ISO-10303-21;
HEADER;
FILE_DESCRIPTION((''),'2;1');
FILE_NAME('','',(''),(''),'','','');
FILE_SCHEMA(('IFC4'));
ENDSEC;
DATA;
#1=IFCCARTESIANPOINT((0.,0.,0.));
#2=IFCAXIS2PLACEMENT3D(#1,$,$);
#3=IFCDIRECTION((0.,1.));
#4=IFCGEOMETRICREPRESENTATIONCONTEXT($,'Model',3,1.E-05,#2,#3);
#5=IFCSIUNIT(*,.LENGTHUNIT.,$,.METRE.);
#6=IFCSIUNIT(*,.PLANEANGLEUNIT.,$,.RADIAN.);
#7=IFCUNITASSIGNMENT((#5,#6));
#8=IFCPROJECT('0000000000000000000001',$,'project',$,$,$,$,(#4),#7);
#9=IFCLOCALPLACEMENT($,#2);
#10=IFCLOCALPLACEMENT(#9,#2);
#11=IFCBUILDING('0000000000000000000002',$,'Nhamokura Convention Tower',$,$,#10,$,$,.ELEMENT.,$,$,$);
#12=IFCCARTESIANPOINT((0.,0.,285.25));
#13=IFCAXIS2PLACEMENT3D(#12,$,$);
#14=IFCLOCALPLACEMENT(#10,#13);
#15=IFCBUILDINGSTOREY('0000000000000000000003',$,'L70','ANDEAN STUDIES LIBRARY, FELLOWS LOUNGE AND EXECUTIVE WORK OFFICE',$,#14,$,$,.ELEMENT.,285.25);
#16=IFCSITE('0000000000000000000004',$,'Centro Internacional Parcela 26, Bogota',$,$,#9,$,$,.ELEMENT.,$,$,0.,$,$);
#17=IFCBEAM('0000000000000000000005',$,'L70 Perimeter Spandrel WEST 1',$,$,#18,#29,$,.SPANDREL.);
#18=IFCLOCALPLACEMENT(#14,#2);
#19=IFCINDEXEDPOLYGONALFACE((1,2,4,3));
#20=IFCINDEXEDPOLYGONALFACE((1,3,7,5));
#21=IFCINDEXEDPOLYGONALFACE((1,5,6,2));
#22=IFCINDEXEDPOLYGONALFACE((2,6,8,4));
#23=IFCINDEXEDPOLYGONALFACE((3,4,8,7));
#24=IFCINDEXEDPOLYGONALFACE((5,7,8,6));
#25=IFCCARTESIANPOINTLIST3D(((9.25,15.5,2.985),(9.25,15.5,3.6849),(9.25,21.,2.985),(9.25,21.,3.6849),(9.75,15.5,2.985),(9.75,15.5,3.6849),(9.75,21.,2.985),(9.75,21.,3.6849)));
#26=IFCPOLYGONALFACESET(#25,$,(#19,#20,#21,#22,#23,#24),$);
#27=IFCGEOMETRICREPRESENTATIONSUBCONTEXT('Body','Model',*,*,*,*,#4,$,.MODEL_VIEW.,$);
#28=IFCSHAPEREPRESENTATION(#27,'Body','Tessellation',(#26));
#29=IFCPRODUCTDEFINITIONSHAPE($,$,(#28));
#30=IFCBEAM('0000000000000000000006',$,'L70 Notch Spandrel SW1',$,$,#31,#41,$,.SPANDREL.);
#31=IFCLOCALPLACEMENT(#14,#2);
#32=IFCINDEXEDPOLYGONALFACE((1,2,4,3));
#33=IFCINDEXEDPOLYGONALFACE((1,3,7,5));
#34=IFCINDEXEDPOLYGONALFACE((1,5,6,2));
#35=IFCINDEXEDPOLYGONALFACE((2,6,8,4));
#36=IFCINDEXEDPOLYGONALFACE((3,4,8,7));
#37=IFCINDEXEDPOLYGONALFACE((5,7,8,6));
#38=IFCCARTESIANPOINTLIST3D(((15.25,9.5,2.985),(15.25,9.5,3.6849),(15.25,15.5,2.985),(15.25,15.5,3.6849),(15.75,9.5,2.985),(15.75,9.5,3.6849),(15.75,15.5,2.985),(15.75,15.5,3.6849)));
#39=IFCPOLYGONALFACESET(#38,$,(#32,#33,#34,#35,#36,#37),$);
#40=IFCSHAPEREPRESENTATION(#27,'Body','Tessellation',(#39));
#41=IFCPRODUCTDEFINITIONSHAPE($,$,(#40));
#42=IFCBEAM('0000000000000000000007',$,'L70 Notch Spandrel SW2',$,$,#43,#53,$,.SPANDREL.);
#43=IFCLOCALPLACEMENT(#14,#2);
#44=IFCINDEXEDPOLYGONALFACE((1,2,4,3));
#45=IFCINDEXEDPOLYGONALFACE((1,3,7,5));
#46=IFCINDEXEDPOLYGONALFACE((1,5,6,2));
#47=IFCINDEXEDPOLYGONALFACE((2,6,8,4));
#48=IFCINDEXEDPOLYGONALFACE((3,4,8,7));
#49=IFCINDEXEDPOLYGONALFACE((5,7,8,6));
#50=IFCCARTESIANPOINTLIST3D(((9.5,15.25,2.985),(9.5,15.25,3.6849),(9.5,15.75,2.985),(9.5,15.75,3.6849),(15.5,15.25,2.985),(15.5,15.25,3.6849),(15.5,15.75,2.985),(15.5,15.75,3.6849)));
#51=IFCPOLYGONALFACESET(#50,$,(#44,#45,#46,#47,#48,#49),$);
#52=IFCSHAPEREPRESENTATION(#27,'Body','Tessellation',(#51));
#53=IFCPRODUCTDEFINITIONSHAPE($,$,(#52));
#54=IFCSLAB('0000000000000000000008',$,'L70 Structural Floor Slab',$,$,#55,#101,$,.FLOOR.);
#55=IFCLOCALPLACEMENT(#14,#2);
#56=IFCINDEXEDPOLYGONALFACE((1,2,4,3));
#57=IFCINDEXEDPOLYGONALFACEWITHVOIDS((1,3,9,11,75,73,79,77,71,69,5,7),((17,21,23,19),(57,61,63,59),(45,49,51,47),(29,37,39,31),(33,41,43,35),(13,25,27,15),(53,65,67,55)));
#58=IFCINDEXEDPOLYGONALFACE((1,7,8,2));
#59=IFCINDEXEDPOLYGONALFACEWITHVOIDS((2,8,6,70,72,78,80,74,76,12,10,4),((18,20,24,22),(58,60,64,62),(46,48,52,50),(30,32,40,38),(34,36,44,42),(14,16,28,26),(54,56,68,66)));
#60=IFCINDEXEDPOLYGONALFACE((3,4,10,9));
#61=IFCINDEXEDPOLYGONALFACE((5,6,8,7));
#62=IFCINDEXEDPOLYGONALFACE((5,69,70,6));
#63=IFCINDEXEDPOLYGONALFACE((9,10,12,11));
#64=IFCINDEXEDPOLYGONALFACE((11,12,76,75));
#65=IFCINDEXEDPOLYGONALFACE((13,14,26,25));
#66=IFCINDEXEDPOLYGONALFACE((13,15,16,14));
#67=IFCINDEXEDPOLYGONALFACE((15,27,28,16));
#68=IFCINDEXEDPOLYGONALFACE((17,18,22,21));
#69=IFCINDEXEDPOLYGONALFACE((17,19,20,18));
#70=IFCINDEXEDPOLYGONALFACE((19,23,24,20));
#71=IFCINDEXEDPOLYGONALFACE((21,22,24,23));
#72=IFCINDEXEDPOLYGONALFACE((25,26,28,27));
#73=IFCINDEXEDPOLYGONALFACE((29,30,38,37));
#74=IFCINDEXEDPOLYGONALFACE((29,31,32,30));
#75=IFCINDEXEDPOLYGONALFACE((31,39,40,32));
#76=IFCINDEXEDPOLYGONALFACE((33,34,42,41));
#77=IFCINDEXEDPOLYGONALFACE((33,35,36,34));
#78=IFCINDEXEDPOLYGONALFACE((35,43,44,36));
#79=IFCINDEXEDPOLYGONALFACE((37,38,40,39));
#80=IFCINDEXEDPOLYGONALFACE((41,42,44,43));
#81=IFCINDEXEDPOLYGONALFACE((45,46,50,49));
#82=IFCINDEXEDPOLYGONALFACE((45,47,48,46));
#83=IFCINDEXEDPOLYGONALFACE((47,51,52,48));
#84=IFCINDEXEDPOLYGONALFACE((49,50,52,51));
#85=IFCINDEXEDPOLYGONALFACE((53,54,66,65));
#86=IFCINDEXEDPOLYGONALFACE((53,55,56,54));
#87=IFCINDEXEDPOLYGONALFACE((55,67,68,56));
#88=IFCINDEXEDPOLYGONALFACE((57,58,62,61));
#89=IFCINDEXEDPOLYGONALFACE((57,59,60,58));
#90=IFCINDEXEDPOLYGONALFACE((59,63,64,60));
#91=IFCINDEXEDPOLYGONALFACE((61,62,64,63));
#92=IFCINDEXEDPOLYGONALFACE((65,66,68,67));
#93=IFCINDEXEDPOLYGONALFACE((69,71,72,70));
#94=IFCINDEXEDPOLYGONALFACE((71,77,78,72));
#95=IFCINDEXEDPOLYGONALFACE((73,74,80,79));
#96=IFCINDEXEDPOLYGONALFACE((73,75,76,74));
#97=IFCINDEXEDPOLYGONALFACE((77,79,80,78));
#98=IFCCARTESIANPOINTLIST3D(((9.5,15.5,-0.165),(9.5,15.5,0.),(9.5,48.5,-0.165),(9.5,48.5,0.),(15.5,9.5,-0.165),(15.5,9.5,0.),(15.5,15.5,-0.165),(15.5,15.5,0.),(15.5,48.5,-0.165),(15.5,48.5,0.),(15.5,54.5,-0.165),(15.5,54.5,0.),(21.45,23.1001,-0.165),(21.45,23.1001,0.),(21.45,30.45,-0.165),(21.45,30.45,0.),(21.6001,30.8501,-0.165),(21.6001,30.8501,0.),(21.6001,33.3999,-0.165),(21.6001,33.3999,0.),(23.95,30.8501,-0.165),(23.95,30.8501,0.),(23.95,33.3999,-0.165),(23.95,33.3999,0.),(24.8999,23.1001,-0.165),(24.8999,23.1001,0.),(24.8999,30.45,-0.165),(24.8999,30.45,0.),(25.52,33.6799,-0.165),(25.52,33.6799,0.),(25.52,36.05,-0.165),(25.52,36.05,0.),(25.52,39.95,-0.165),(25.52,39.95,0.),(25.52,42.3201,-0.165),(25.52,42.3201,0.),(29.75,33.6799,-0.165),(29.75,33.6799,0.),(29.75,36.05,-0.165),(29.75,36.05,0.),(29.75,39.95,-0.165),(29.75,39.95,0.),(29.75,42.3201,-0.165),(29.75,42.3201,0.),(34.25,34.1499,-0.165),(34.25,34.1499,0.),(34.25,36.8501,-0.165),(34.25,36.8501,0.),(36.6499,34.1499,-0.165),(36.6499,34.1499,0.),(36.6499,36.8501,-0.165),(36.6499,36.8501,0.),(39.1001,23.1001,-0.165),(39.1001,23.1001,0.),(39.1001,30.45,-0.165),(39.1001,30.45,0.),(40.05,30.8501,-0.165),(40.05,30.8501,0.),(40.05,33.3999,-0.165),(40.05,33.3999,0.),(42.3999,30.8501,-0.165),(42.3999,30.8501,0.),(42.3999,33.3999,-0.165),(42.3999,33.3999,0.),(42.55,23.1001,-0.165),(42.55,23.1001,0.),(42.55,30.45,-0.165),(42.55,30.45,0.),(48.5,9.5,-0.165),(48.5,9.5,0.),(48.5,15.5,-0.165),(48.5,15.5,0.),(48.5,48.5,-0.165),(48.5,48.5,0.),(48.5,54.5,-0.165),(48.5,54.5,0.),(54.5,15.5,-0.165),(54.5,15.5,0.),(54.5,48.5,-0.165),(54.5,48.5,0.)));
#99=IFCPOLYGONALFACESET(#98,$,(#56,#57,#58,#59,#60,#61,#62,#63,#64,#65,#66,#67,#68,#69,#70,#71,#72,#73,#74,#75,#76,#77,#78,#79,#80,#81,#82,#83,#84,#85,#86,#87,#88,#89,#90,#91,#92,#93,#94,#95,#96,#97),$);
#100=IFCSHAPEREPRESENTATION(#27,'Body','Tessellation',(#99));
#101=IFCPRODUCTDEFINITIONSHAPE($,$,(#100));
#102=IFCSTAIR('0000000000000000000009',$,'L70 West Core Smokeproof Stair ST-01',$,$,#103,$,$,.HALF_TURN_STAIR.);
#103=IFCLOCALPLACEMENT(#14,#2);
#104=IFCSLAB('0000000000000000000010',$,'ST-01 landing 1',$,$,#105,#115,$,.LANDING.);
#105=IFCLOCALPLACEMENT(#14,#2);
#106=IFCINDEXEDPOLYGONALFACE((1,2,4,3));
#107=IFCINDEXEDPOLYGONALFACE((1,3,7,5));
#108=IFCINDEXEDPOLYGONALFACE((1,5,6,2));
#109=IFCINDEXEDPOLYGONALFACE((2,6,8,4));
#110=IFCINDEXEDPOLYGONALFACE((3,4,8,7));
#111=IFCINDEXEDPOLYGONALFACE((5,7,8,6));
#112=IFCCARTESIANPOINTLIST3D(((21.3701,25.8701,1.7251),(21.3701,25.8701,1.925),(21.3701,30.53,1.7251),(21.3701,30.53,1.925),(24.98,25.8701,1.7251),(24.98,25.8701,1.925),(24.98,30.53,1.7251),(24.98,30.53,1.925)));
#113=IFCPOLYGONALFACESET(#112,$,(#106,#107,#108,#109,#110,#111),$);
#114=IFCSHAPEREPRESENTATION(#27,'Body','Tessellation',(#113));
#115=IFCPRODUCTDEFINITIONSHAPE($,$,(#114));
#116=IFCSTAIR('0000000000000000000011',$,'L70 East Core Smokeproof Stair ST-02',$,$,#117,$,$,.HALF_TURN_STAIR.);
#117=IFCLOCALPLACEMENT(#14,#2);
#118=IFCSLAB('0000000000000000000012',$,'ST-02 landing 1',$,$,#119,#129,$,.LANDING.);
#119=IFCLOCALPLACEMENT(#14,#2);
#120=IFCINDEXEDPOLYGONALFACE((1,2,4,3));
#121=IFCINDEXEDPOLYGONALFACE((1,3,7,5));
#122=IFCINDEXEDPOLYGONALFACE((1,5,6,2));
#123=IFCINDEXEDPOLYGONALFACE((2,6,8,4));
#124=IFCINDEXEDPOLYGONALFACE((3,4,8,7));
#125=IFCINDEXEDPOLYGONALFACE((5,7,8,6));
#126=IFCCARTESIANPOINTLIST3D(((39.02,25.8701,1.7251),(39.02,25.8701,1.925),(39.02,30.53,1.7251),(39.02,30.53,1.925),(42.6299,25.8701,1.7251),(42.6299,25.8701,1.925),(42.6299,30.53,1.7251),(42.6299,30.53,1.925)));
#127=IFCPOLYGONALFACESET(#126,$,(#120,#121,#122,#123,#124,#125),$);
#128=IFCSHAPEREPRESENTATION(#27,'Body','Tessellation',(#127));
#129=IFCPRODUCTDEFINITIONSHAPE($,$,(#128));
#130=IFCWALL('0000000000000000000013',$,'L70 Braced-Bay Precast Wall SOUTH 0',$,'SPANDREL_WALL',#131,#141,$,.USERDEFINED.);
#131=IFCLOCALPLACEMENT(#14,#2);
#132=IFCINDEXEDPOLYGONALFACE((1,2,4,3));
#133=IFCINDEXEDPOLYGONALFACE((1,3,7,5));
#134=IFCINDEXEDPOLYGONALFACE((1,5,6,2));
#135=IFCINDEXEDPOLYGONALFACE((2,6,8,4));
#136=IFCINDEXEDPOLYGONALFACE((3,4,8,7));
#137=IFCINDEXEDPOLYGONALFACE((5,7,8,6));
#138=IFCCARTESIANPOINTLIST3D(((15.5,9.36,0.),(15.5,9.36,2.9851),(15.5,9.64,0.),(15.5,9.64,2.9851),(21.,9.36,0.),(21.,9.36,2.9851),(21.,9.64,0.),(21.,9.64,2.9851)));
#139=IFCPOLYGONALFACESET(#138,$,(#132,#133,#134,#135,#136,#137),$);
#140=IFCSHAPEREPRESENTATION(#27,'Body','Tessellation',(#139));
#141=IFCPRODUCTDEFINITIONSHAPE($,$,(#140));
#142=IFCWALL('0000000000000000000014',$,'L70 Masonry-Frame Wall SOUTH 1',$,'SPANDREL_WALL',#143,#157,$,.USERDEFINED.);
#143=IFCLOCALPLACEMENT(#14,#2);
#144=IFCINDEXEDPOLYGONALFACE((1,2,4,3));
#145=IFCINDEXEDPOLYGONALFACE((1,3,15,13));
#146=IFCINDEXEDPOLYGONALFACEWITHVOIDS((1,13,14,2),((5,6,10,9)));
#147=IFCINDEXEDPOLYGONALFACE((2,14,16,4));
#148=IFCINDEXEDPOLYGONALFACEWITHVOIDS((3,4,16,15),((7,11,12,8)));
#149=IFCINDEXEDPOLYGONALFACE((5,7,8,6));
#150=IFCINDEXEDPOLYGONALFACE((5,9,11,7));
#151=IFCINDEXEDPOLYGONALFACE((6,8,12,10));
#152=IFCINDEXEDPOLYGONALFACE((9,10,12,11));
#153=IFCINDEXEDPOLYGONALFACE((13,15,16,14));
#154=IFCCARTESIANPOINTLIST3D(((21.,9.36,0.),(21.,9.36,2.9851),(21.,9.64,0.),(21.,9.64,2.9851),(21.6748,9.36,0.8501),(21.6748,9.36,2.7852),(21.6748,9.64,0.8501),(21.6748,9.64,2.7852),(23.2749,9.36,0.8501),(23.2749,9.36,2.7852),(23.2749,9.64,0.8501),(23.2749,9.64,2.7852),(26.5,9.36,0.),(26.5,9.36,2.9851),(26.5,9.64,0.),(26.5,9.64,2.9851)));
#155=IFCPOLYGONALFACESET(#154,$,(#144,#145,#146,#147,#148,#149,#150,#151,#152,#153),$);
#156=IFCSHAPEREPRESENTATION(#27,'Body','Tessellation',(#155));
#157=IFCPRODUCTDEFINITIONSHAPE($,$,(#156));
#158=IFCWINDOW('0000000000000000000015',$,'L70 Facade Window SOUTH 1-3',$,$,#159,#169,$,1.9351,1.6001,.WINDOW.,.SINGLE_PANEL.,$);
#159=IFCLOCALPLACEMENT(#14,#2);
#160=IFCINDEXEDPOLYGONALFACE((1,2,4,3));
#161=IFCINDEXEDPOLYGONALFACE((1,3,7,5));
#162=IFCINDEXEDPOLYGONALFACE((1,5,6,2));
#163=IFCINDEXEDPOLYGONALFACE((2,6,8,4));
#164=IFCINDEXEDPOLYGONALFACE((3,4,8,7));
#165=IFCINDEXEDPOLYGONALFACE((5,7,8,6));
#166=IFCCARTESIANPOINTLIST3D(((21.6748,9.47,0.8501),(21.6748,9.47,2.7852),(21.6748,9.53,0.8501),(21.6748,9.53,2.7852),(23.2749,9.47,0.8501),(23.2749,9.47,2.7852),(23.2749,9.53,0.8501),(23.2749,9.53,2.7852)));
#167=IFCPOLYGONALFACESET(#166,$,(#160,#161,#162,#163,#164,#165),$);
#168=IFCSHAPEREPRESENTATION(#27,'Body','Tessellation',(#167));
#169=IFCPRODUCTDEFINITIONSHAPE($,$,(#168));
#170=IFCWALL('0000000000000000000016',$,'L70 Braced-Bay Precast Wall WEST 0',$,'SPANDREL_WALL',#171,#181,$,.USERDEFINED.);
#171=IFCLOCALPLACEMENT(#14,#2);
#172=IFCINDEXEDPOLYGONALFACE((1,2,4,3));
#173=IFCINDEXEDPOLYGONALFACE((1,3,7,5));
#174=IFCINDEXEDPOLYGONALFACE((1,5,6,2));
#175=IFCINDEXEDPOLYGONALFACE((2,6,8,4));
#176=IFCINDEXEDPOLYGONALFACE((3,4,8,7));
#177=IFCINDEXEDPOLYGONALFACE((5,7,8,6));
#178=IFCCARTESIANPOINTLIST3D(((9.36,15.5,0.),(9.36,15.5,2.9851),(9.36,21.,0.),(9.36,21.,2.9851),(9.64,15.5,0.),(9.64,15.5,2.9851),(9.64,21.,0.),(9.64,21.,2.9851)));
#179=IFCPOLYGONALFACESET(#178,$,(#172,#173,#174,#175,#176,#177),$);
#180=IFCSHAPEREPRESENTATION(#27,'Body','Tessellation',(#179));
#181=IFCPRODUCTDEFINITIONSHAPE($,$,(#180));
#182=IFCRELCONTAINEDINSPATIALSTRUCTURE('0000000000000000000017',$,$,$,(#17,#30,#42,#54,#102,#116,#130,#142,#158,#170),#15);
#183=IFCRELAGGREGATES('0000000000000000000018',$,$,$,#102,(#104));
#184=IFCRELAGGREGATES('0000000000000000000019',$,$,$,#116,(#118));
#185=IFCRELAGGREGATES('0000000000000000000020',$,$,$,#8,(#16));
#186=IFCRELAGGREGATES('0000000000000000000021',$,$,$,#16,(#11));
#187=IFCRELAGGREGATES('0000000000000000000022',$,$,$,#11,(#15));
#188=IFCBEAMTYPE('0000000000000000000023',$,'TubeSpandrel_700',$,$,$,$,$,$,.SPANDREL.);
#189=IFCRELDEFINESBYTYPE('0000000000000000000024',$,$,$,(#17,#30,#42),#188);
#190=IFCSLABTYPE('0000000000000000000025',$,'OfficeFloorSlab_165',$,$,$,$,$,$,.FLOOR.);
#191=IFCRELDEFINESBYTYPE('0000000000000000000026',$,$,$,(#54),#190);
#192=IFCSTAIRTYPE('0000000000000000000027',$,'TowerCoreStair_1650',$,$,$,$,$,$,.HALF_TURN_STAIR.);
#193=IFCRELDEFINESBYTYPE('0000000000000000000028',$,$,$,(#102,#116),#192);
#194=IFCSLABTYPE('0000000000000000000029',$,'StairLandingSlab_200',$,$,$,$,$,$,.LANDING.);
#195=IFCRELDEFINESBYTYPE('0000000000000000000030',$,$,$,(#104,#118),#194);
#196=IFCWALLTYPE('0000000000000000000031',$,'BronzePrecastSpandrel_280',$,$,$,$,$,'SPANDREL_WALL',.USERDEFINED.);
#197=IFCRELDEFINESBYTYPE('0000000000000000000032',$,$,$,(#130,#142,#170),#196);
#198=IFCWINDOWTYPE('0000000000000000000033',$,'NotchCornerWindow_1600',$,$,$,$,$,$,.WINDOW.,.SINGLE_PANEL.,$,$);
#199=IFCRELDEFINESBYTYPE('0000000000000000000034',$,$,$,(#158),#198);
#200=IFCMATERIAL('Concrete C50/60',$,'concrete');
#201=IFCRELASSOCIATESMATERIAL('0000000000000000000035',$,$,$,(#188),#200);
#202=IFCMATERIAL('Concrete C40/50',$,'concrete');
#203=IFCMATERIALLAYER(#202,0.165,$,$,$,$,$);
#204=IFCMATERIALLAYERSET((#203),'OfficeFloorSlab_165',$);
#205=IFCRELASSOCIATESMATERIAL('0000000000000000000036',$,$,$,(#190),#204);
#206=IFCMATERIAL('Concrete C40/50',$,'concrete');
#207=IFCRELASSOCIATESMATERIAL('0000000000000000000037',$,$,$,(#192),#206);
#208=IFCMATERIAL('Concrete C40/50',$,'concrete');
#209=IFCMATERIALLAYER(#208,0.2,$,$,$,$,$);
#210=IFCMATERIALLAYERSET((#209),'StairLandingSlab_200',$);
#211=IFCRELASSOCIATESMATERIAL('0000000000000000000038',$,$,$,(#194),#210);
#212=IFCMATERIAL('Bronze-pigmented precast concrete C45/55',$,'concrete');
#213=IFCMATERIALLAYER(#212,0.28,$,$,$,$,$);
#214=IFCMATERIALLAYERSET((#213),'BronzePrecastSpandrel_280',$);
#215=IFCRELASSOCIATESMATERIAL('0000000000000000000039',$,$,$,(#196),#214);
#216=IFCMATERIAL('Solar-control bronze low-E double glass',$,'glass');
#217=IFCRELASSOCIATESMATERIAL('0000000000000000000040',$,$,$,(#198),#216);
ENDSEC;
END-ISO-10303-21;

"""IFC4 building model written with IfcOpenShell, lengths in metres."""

from ifc_helpers import new_model, si_unit, direction, frame, frame_2d, origin, origin_2d, place, context, subcontext, project, spatial, polyline, rectangle, outline, extrude, material, layer, layer_set, material_profile, profile_set, type_object, element, fill, aggregate, save


model = new_model("IFC4")

# Units and contexts
model_context = context("Model", 3, precision=1e-05, world=origin(), true_north=direction((0.0, 1.0)))
body_context = subcontext(model_context, "Body", "Model", "MODEL_VIEW")
ifc_project = project(units=[si_unit("LENGTHUNIT", "METRE"), si_unit("PLANEANGLEUNIT", "RADIAN")], contexts=[model_context])

# Site, building, storey
site_placement = place(None, origin())
site = spatial("IfcSite", under=ifc_project, at=site_placement, Name="Centro Internacional Parcela 26, Bogota", CompositionType="ELEMENT", RefElevation=0.0)
building_placement = place(site_placement, origin())
building = spatial("IfcBuilding", under=site, at=building_placement, Name="Nhamokura Convention Tower", CompositionType="ELEMENT")
storey_placement = place(building_placement, frame((0.0, 0.0, 285.25)))
storey = spatial("IfcBuildingStorey", under=building, at=storey_placement, Name="L70", Description="ANDEAN STUDIES LIBRARY, FELLOWS LOUNGE AND EXECUTIVE WORK OFFICE", CompositionType="ELEMENT", Elevation=285.25)

# Beams
ifc_material_1 = material(Name="Concrete C50/60", Category="concrete")
ifc_material_profile_1 = material_profile(ifc_material_1, rectangle(XDim=0.5, YDim=0.7, at=origin_2d()))
ifc_profile_set_1 = profile_set([ifc_material_profile_1], Name="Concrete C50/60")
beam_type_1 = type_object("IfcBeamType", Name="TubeSpandrel_700", PredefinedType="SPANDREL", material=ifc_profile_set_1)
for number, where, z_axis, x_axis, name in (
    (1, (9.5, 15.5, 3.335), (0.0, 1.0, 0.0), (-1.0, 0.0, 0.0), "L70 Perimeter Spandrel WEST 1"),
):
    element("IfcBeam", number, at=place(storey_placement, frame(where, z_axis=z_axis, x_axis=x_axis)), inside=storey, type_object=beam_type_1, Name=name, PredefinedType="SPANDREL", context=body_context, shape_type="SweptSolid", body=[
        extrude(rectangle(XDim=0.5, YDim=0.7, at=origin_2d()), origin(), (0.0, 0.0, 1.0), 5.5),
    ])
for number, where, z_axis, x_axis, name in (
    (2, (15.5, 9.5, 3.335), (0.0, 1.0, 0.0), (-1.0, 0.0, 0.0), "L70 Notch Spandrel SW1"),
    (3, (15.5, 15.5, 3.335), (-1.0, 0.0, 0.0), (0.0, -1.0, 0.0), "L70 Notch Spandrel SW2"),
):
    element("IfcBeam", number, at=place(storey_placement, frame(where, z_axis=z_axis, x_axis=x_axis)), inside=storey, type_object=beam_type_1, Name=name, PredefinedType="SPANDREL", context=body_context, shape_type="SweptSolid", body=[
        extrude(rectangle(XDim=0.5, YDim=0.7, at=origin_2d()), origin(), (0.0, 0.0, 1.0), 6.0),
    ])

# Slab
ifc_material_2 = material(Name="Concrete C40/50", Category="concrete")
ifc_layer_1 = layer(ifc_material_2, 0.165)
ifc_layer_set_1 = layer_set([ifc_layer_1], Name="OfficeFloorSlab_165")
slab_type_1 = type_object("IfcSlabType", Name="OfficeFloorSlab_165", PredefinedType="FLOOR", material=ifc_layer_set_1)
slab_1_placement = place(storey_placement, frame((0.0, 0.0, -0.165)))
element("IfcSlab", 4, at=slab_1_placement, inside=storey, type_object=slab_type_1, Name="L70 Structural Floor Slab", PredefinedType="FLOOR", context=body_context, shape_type="SweptSolid", body=[
    extrude(outline(polyline([(15.5, 9.5), (48.5, 9.5), (48.5, 15.5), (54.5, 15.5), (54.5, 48.5), (48.5, 48.5), (48.5, 54.5), (15.5, 54.5), (15.5, 48.5), (9.5, 48.5), (9.5, 15.5), (15.5, 15.5), (15.5, 9.5)]), holes=[polyline([(24.8999, 23.1001), (24.8999, 30.45), (21.45, 30.45), (21.45, 23.1001), (24.8999, 23.1001)]), polyline([(42.55, 23.1001), (42.55, 30.45), (39.1001, 30.45), (39.1001, 23.1001), (42.55, 23.1001)]), polyline([(21.6001, 30.8501), (23.95, 30.8501), (23.95, 33.3999), (21.6001, 33.3999), (21.6001, 30.8501)]), polyline([(40.05, 30.8501), (42.3999, 30.8501), (42.3999, 33.3999), (40.05, 33.3999), (40.05, 30.8501)]), polyline([(34.25, 34.1499), (36.6499, 34.1499), (36.6499, 36.8501), (34.25, 36.8501), (34.25, 34.1499)]), polyline([(25.52, 33.6799), (29.75, 33.6799), (29.75, 36.05), (25.52, 36.05), (25.52, 33.6799)]), polyline([(25.52, 39.95), (29.75, 39.95), (29.75, 42.3201), (25.52, 42.3201), (25.52, 39.95)])]), origin(), (0.0, 0.0, 1.0), 0.165),
])

# Stairs, slabs
ifc_material_3 = material(Name="Concrete C40/50", Category="concrete")
stair_type = type_object("IfcStairType", Name="TowerCoreStair_1650", PredefinedType="HALF_TURN_STAIR", material=ifc_material_3)
stair_1_placement = place(storey_placement, origin())
stair_1 = element("IfcStair", 5, at=stair_1_placement, inside=storey, type_object=stair_type, Name="L70 West Core Smokeproof Stair ST-01", PredefinedType="HALF_TURN_STAIR")
ifc_material_4 = material(Name="Concrete C40/50", Category="concrete")
ifc_layer_2 = layer(ifc_material_4, 0.2)
ifc_layer_set_2 = layer_set([ifc_layer_2], Name="StairLandingSlab_200")
slab_type_2 = type_object("IfcSlabType", Name="StairLandingSlab_200", PredefinedType="LANDING", material=ifc_layer_set_2)
slab_2_placement = place(storey_placement, frame((0.0, 0.0, 1.7251)))
slab_2 = element("IfcSlab", 6, at=slab_2_placement, type_object=slab_type_2, Name="ST-01 landing 1", PredefinedType="LANDING", context=body_context, shape_type="SweptSolid", body=[
    extrude(outline(polyline([(24.98, 25.8701), (24.98, 30.53), (21.3701, 30.53), (21.3701, 25.8701), (24.98, 25.8701)])), origin(), (0.0, 0.0, 1.0), 0.2),
])
aggregate(stair_1, [slab_2])
stair_2_placement = place(storey_placement, origin())
stair_2 = element("IfcStair", 7, at=stair_2_placement, inside=storey, type_object=stair_type, Name="L70 East Core Smokeproof Stair ST-02", PredefinedType="HALF_TURN_STAIR")
slab_3_placement = place(storey_placement, frame((0.0, 0.0, 1.7251)))
slab_3 = element("IfcSlab", 8, at=slab_3_placement, type_object=slab_type_2, Name="ST-02 landing 1", PredefinedType="LANDING", context=body_context, shape_type="SweptSolid", body=[
    extrude(outline(polyline([(42.6299, 25.8701), (42.6299, 30.53), (39.02, 30.53), (39.02, 25.8701), (42.6299, 25.8701)])), origin(), (0.0, 0.0, 1.0), 0.2),
])
aggregate(stair_2, [slab_3])

# Wall
ifc_material_5 = material(Name="Bronze-pigmented precast concrete C45/55", Category="concrete")
ifc_layer_3 = layer(ifc_material_5, 0.28)
ifc_layer_set_3 = layer_set([ifc_layer_3], Name="BronzePrecastSpandrel_280")
wall_type_1 = type_object("IfcWallType", Name="BronzePrecastSpandrel_280", ElementType="SPANDREL_WALL", PredefinedType="USERDEFINED", material=ifc_layer_set_3)
wall_1_placement = place(storey_placement, frame((21.0, 9.5, 0.0), z_axis=(0.0, 0.0, 1.0), x_axis=(-1.0, 0.0, 0.0)))
element("IfcWall", 9, at=wall_1_placement, inside=storey, type_object=wall_type_1, Name="L70 Braced-Bay Precast Wall SOUTH 0", ObjectType="SPANDREL_WALL", PredefinedType="USERDEFINED", context=body_context, shape_type="SweptSolid", body=[
    extrude(rectangle(XDim=5.5, YDim=0.28, at=frame_2d((2.75, 0.0))), origin(), (0.0, 0.0, 1.0), 2.9851),
])

# Wall, opening, window
wall_2_placement = place(storey_placement, frame((26.5, 9.5, 0.0), z_axis=(0.0, 0.0, 1.0), x_axis=(-1.0, 0.0, 0.0)))
wall_2 = element("IfcWall", 10, at=wall_2_placement, inside=storey, type_object=wall_type_1, Name="L70 Masonry-Frame Wall SOUTH 1", ObjectType="SPANDREL_WALL", PredefinedType="USERDEFINED", context=body_context, shape_type="SweptSolid", body=[
    extrude(rectangle(XDim=5.5, YDim=0.28, at=frame_2d((2.75, 0.0))), origin(), (0.0, 0.0, 1.0), 2.9851),
])
opening_1_placement = place(wall_2_placement, frame((3.2251, 0.0, 0.8501)))
opening_1 = element("IfcOpeningElement", 11, at=opening_1_placement, cuts=wall_2, PredefinedType="OPENING", context=body_context, shape_type="SweptSolid", body=[
    extrude(rectangle(XDim=1.6001, YDim=1.9351, at=frame_2d((0.8, 0.9675))), frame((0.0, 0.1499, 0.0), z_axis=(0.0, -1.0, 0.0), x_axis=(1.0, 0.0, 0.0)), (0.0, 0.0, 1.0), 0.3),
])
ifc_material_6 = material(Name="Solar-control bronze low-E double glass", Category="glass")
window_type = type_object("IfcWindowType", Name="NotchCornerWindow_1600", PartitioningType="SINGLE_PANEL", PredefinedType="WINDOW", material=ifc_material_6)
window_placement = place(opening_1_placement, origin())
window = element("IfcWindow", 12, at=window_placement, inside=storey, type_object=window_type, Name="L70 Facade Window SOUTH 1-3", OverallHeight=1.9351, OverallWidth=1.6001, PartitioningType="SINGLE_PANEL", PredefinedType="WINDOW", context=body_context, shape_type="SweptSolid", body=[
    extrude(rectangle(XDim=1.6001, YDim=1.9351, at=frame_2d((0.8, 0.9675))), frame((0.0, 0.03, 0.0), z_axis=(0.0, -1.0, 0.0), x_axis=(1.0, 0.0, 0.0)), (0.0, 0.0, 1.0), 0.0601),
])
fill(opening_1, window)

# Wall
wall_3_placement = place(storey_placement, frame((9.5, 15.5, 0.0), z_axis=(0.0, 0.0, 1.0), x_axis=(0.0, 1.0, 0.0)))
element("IfcWall", 13, at=wall_3_placement, inside=storey, type_object=wall_type_1, Name="L70 Braced-Bay Precast Wall WEST 0", ObjectType="SPANDREL_WALL", PredefinedType="USERDEFINED", context=body_context, shape_type="SweptSolid", body=[
    extrude(rectangle(XDim=5.5, YDim=0.28, at=frame_2d((2.75, 0.0))), origin(), (0.0, 0.0, 1.0), 2.9851),
])

save(model, "model.ifc")
